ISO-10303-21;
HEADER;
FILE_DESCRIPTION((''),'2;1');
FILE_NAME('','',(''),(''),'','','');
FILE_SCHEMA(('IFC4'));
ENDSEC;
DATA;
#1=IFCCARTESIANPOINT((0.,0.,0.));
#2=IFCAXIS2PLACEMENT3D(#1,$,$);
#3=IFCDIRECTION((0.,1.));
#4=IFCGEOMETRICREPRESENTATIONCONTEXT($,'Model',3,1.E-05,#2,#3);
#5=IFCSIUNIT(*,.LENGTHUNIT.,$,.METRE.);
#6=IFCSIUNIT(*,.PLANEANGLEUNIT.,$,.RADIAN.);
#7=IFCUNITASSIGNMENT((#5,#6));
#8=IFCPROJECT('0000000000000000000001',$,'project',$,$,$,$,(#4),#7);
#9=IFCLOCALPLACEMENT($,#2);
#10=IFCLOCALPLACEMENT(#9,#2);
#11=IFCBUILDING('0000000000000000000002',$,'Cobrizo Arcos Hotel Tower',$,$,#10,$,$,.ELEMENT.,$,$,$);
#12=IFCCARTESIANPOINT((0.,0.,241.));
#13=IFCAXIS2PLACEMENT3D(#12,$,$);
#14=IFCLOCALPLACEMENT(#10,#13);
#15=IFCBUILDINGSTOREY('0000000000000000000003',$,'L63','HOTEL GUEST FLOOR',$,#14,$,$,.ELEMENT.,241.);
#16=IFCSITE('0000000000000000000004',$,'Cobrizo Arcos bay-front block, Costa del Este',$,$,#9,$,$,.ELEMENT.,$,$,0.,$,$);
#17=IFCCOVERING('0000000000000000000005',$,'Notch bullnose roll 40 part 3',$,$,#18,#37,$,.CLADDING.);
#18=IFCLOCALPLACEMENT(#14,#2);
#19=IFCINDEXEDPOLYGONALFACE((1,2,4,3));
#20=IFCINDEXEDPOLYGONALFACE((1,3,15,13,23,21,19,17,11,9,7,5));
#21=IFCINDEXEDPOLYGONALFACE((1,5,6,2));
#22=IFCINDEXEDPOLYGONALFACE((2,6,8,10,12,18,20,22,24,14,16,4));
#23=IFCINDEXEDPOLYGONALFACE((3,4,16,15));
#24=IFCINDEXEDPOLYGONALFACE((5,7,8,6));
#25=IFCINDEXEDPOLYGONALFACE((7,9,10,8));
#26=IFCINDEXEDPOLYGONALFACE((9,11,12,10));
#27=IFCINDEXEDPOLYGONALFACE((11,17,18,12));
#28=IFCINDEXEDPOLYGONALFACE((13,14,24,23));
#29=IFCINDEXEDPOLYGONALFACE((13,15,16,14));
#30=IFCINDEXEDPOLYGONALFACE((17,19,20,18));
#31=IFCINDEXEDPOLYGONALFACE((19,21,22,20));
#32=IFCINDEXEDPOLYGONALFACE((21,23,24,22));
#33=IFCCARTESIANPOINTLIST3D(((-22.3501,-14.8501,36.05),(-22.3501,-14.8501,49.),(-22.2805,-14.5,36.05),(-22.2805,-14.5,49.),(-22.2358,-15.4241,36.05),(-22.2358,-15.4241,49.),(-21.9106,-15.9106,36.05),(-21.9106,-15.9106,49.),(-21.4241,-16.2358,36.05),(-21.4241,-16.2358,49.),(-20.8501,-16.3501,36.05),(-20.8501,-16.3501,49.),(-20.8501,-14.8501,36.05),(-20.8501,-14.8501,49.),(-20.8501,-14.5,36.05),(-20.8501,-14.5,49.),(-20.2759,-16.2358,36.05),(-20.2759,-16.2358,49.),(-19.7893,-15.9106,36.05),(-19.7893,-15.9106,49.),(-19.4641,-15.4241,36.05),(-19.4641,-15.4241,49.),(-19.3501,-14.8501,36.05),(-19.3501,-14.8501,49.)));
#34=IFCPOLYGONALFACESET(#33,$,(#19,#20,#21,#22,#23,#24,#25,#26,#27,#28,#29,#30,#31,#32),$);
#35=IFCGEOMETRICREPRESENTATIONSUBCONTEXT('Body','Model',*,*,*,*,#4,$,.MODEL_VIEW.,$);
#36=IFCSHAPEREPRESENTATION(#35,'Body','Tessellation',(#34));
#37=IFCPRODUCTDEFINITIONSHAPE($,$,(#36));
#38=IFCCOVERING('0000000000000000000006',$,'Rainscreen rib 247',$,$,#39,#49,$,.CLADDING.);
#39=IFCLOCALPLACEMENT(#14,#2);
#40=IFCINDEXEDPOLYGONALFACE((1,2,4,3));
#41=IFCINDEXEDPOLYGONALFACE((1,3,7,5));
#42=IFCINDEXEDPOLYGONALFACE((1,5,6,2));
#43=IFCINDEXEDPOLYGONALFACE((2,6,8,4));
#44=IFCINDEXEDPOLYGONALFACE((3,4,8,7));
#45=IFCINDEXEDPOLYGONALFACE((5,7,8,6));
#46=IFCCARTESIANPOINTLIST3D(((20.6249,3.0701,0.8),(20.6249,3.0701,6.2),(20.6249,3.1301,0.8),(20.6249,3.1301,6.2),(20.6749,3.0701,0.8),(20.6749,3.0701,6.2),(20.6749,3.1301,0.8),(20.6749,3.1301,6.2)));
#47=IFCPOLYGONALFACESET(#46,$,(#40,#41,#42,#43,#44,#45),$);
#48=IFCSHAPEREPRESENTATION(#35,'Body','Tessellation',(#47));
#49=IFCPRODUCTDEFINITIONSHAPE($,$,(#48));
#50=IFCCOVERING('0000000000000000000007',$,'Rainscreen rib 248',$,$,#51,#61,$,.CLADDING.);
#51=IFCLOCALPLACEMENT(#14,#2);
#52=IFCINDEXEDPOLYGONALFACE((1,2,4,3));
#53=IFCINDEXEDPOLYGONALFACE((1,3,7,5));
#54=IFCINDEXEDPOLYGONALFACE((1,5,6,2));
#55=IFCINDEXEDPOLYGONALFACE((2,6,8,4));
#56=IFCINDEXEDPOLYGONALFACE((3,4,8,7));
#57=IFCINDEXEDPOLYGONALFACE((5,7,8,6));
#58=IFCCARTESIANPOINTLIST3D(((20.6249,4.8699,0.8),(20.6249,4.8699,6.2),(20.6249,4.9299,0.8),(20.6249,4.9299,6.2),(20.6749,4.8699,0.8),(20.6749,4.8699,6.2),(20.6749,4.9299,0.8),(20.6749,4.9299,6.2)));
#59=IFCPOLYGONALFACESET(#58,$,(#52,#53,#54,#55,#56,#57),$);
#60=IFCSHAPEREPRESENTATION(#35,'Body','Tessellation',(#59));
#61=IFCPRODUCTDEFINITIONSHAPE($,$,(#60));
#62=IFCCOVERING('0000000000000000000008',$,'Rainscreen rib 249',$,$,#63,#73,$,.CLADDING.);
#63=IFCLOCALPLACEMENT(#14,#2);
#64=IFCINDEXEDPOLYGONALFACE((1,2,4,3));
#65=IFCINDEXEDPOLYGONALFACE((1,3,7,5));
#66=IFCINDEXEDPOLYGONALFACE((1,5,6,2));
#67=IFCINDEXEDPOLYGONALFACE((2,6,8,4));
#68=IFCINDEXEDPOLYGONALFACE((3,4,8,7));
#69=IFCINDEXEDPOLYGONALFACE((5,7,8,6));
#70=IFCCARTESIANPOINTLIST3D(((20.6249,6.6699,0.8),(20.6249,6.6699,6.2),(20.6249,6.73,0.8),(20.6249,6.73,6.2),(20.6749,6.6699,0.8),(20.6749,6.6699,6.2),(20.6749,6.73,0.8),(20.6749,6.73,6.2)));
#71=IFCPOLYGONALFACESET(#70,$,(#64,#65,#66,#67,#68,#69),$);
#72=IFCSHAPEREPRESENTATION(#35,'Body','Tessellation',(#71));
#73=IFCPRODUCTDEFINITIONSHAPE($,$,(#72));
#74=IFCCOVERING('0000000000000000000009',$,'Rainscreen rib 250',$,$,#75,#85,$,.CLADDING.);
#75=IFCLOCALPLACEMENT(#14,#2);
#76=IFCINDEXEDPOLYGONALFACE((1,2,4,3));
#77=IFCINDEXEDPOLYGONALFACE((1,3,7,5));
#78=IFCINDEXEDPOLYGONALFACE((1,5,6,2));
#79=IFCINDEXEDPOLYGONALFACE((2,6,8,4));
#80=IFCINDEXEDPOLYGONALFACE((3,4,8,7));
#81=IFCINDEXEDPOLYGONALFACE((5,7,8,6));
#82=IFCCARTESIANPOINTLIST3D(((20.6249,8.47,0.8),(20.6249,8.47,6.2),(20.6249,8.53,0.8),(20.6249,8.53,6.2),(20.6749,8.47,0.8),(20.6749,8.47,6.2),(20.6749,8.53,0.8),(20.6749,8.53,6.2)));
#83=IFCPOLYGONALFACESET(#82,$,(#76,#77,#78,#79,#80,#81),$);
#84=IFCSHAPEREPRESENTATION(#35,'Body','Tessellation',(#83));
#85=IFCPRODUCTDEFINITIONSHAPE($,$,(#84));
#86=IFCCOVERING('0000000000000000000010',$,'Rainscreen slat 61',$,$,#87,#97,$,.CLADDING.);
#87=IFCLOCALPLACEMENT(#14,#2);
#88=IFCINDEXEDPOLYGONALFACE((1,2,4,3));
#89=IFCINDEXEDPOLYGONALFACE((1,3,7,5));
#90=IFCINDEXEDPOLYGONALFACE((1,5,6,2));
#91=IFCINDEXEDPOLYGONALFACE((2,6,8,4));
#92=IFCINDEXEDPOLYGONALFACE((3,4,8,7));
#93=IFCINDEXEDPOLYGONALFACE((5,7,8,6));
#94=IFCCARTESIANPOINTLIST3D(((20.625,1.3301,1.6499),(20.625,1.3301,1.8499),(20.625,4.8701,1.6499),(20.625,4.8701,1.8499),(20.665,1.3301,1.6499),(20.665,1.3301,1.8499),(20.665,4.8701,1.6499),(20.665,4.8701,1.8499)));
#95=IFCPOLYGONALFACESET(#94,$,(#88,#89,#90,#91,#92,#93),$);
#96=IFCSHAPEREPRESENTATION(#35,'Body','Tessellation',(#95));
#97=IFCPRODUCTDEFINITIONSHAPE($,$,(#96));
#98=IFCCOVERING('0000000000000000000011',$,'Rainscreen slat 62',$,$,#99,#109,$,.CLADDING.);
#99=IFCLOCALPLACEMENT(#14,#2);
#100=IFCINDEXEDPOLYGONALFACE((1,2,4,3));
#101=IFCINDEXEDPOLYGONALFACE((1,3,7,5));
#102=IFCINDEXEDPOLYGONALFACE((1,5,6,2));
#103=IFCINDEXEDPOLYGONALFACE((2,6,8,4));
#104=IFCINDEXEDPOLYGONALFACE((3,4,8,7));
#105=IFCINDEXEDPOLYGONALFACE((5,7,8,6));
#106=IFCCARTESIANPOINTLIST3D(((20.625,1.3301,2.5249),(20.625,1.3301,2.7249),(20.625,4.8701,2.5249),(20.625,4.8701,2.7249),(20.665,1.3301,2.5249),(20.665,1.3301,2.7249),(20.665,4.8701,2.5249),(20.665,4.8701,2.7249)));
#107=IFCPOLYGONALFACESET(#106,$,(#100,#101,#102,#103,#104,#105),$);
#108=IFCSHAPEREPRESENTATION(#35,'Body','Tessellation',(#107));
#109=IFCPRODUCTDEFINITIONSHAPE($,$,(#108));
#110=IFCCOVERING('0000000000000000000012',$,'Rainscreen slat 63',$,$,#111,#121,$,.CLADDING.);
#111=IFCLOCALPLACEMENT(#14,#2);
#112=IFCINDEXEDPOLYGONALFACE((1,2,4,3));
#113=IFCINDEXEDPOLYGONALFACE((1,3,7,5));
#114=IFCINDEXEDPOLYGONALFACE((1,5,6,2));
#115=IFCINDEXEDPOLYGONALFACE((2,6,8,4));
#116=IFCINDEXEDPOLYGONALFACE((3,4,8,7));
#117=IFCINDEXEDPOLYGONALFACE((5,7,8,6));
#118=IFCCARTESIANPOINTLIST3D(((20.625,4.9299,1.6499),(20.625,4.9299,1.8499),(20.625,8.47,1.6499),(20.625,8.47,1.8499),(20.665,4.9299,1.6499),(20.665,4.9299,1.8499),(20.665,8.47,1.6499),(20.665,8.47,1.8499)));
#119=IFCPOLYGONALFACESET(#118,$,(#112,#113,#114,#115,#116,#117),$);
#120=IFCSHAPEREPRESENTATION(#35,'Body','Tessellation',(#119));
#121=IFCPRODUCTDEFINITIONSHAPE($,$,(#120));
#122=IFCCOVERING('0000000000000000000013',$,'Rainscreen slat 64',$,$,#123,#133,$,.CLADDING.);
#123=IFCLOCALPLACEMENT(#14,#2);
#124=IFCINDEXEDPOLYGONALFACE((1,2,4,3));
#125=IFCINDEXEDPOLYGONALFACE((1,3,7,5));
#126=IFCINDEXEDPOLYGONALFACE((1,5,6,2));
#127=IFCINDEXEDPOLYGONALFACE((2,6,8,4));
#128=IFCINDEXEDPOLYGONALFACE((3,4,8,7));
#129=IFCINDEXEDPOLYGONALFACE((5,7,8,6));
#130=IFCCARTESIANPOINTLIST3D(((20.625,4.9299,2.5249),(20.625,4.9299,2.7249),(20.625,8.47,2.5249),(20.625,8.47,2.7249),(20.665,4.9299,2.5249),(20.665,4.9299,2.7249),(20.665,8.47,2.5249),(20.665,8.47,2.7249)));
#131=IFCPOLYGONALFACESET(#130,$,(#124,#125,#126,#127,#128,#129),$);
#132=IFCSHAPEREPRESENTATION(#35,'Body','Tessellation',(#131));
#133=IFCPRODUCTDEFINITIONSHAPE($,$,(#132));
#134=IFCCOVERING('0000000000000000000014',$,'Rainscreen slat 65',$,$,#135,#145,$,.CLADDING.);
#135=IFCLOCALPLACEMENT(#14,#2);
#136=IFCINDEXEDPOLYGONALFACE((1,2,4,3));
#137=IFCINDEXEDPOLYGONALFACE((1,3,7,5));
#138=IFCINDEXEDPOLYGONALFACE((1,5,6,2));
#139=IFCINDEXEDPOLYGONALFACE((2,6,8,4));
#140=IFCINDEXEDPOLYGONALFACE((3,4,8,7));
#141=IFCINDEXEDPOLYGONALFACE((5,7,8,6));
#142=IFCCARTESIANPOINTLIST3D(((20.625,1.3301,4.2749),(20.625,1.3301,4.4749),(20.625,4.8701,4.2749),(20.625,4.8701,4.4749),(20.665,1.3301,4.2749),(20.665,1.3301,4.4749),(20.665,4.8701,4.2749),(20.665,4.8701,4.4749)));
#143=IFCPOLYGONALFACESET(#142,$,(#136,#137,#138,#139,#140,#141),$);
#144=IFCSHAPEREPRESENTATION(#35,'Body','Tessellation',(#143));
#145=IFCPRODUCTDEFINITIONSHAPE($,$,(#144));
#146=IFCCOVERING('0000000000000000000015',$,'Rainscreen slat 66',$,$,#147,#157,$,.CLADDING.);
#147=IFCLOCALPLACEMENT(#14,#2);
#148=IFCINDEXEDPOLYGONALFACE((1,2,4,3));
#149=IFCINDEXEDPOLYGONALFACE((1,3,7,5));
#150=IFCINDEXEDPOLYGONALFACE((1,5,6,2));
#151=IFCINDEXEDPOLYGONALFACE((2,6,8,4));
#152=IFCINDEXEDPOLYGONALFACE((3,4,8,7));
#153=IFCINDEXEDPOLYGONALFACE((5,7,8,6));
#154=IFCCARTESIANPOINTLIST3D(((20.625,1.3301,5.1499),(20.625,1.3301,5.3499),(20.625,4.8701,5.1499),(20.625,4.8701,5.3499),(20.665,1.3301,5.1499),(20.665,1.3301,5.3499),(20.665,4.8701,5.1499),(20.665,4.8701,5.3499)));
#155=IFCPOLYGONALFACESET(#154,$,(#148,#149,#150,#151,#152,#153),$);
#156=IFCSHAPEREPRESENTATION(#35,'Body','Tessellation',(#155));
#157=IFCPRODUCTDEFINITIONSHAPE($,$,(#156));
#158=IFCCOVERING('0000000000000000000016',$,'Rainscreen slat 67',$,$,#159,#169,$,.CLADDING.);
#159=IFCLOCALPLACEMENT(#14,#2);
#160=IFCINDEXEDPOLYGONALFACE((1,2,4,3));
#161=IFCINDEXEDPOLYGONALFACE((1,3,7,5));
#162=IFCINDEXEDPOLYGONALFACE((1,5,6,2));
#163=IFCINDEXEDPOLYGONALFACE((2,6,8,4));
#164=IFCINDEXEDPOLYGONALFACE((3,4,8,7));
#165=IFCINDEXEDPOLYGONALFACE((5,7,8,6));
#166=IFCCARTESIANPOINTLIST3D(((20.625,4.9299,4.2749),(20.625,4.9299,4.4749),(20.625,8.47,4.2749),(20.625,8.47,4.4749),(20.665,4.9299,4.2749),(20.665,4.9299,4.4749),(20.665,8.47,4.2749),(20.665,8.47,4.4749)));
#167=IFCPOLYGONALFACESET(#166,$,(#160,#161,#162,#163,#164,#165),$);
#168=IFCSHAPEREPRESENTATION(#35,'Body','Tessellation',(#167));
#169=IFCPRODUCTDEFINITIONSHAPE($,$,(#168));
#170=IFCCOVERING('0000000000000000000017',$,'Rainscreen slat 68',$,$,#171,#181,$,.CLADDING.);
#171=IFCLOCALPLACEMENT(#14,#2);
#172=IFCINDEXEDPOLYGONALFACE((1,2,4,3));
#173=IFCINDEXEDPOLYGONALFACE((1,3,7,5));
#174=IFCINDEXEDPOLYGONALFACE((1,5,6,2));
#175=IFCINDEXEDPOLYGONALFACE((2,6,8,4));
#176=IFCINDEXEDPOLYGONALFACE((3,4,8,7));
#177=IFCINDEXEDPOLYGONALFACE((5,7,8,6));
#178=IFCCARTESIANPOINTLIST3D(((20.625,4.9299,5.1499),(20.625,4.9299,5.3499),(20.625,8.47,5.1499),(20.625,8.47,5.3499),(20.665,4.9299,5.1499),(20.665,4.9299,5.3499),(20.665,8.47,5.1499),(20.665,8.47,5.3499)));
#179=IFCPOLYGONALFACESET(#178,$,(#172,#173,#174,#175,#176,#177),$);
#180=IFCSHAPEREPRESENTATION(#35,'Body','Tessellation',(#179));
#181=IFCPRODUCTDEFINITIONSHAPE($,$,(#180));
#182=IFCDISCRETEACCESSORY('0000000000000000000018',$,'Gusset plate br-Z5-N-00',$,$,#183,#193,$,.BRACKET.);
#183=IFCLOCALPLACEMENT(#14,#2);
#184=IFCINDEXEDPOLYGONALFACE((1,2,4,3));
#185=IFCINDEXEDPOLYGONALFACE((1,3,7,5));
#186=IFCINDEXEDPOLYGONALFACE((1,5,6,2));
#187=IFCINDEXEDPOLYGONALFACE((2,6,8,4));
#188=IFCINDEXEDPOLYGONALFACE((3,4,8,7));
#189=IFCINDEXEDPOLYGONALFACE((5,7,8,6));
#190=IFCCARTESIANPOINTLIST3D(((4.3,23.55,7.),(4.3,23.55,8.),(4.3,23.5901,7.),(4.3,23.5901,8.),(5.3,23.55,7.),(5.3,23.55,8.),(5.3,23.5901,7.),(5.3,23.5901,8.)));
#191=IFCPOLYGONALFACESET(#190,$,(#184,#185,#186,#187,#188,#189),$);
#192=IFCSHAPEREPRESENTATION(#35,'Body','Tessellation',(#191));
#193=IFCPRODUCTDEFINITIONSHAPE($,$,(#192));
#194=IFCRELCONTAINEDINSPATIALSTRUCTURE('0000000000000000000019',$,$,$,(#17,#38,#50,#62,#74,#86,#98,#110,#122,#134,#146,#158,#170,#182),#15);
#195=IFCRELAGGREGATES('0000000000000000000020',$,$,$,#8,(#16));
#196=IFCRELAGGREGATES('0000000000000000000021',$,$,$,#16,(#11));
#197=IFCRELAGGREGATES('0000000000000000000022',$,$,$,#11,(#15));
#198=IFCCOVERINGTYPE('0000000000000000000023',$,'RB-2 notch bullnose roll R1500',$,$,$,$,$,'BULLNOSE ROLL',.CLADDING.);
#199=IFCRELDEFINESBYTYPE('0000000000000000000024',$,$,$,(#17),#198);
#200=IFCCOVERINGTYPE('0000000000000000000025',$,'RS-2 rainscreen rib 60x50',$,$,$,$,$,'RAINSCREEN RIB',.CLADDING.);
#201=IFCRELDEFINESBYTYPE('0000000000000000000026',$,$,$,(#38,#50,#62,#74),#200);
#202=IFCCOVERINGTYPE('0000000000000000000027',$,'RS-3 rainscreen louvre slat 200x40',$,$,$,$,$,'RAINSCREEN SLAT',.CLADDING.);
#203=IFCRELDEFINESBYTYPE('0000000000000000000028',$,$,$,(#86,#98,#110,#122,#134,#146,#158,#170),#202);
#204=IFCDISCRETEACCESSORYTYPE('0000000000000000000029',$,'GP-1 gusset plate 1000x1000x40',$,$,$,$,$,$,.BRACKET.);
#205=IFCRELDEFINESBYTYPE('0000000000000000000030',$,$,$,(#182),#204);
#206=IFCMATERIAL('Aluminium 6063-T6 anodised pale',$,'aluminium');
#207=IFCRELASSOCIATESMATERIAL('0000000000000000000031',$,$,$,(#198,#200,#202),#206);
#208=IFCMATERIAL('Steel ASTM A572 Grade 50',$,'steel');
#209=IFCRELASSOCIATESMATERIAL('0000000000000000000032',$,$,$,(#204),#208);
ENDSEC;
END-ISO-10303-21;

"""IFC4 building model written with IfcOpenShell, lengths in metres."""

from ifc_helpers import new_model, si_unit, direction, frame, origin, origin_2d, place, context, subcontext, project, spatial, polyline, rectangle, outline, extrude, material, type_object, element, save


model = new_model("IFC4")

# Units and contexts
model_context = context("Model", 3, precision=1e-05, world=origin(), true_north=direction((0.0, 1.0)))
body_context = subcontext(model_context, "Body", "Model", "MODEL_VIEW")
ifc_project = project(units=[si_unit("LENGTHUNIT", "METRE"), si_unit("PLANEANGLEUNIT", "RADIAN")], contexts=[model_context])

# Site, building, storey
site_placement = place(None, origin())
site = spatial("IfcSite", under=ifc_project, at=site_placement, Name="Cobrizo Arcos bay-front block, Costa del Este", CompositionType="ELEMENT", RefElevation=0.0)
building_placement = place(site_placement, origin())
building = spatial("IfcBuilding", under=site, at=building_placement, Name="Cobrizo Arcos Hotel Tower", CompositionType="ELEMENT")
storey_placement = place(building_placement, frame((0.0, 0.0, 241.0)))
storey = spatial("IfcBuildingStorey", under=building, at=storey_placement, Name="L63", Description="HOTEL GUEST FLOOR", CompositionType="ELEMENT", Elevation=241.0)

# Coverings
ifc_material_1 = material(Name="Aluminium 6063-T6 anodised pale", Category="aluminium")
covering_type_1 = type_object("IfcCoveringType", Name="RB-2 notch bullnose roll R1500", ElementType="BULLNOSE ROLL", PredefinedType="CLADDING", material=ifc_material_1)
covering_1_placement = place(storey_placement, frame((0.0, 0.0, 36.05)))
element("IfcCovering", 1, at=covering_1_placement, inside=storey, type_object=covering_type_1, Name="Notch bullnose roll 40 part 3", PredefinedType="CLADDING", context=body_context, shape_type="SweptSolid", body=[
    extrude(outline(polyline([(-19.7893, -15.9106), (-19.4641, -15.4241), (-19.3501, -14.8501), (-20.8501, -14.8501), (-20.8501, -14.5), (-22.2805, -14.5), (-22.3501, -14.8501), (-22.2358, -15.4241), (-21.9106, -15.9106), (-21.4241, -16.2358), (-20.8501, -16.3501), (-20.2759, -16.2358), (-19.7893, -15.9106)])), origin(), (0.0, 0.0, 1.0), 12.95),
])
covering_type_2 = type_object("IfcCoveringType", Name="RS-2 rainscreen rib 60x50", ElementType="RAINSCREEN RIB", PredefinedType="CLADDING", material=ifc_material_1)
for number, where, z_axis, x_axis, name in (
    (2, (20.6499, 3.1001, 0.8), (0.0, 0.0, 1.0), (0.0, 1.0, 0.0), "Rainscreen rib 247"),
    (3, (20.6499, 4.8999, 0.8), (0.0, 0.0, 1.0), (0.0, 1.0, 0.0), "Rainscreen rib 248"),
    (4, (20.6499, 6.7, 0.8), (0.0, 0.0, 1.0), (0.0, 1.0, 0.0), "Rainscreen rib 249"),
    (5, (20.6499, 8.5, 0.8), (0.0, 0.0, 1.0), (0.0, 1.0, 0.0), "Rainscreen rib 250"),
):
    element("IfcCovering", number, at=place(storey_placement, frame(where, z_axis=z_axis, x_axis=x_axis)), inside=storey, type_object=covering_type_2, Name=name, PredefinedType="CLADDING", context=body_context, shape_type="SweptSolid", body=[
        extrude(rectangle(XDim=0.0601, YDim=0.05, at=origin_2d()), origin(), (0.0, 0.0, 1.0), 5.3999),
    ])
covering_type_3 = type_object("IfcCoveringType", Name="RS-3 rainscreen louvre slat 200x40", ElementType="RAINSCREEN SLAT", PredefinedType="CLADDING", material=ifc_material_1)
for number, where, z_axis, x_axis, name in (
    (6, (20.645, 3.1001, 1.6499), (0.0, 0.0, 1.0), (0.0, 1.0, 0.0), "Rainscreen slat 61"),
    (7, (20.645, 3.1001, 2.5249), (0.0, 0.0, 1.0), (0.0, 1.0, 0.0), "Rainscreen slat 62"),
    (8, (20.645, 6.7, 1.6499), (0.0, 0.0, 1.0), (0.0, 1.0, 0.0), "Rainscreen slat 63"),
    (9, (20.645, 6.7, 2.5249), (0.0, 0.0, 1.0), (0.0, 1.0, 0.0), "Rainscreen slat 64"),
    (10, (20.645, 3.1001, 4.2749), (0.0, 0.0, 1.0), (0.0, 1.0, 0.0), "Rainscreen slat 65"),
    (11, (20.645, 3.1001, 5.1499), (0.0, 0.0, 1.0), (0.0, 1.0, 0.0), "Rainscreen slat 66"),
    (12, (20.645, 6.7, 4.2749), (0.0, 0.0, 1.0), (0.0, 1.0, 0.0), "Rainscreen slat 67"),
    (13, (20.645, 6.7, 5.1499), (0.0, 0.0, 1.0), (0.0, 1.0, 0.0), "Rainscreen slat 68"),
):
    element("IfcCovering", number, at=place(storey_placement, frame(where, z_axis=z_axis, x_axis=x_axis)), inside=storey, type_object=covering_type_3, Name=name, PredefinedType="CLADDING", context=body_context, shape_type="SweptSolid", body=[
        extrude(rectangle(XDim=3.54, YDim=0.04, at=origin_2d()), origin(), (0.0, 0.0, 1.0), 0.2),
    ])

# Discrete accessory
ifc_material_2 = material(Name="Steel ASTM A572 Grade 50", Category="steel")
discrete_accessory_type = type_object("IfcDiscreteAccessoryType", Name="GP-1 gusset plate 1000x1000x40", PredefinedType="BRACKET", material=ifc_material_2)
discrete_accessory_placement = place(storey_placement, frame((4.8, 23.5701, 7.0), z_axis=(0.0, 0.0, 1.0), x_axis=(1.0, 0.0, 0.0)))
element("IfcDiscreteAccessory", 14, at=discrete_accessory_placement, inside=storey, type_object=discrete_accessory_type, Name="Gusset plate br-Z5-N-00", PredefinedType="BRACKET", context=body_context, shape_type="SweptSolid", body=[
    extrude(rectangle(XDim=1.0, YDim=0.04, at=origin_2d()), origin(), (0.0, 0.0, 1.0), 1.0),
])

save(model, "model.ifc")
